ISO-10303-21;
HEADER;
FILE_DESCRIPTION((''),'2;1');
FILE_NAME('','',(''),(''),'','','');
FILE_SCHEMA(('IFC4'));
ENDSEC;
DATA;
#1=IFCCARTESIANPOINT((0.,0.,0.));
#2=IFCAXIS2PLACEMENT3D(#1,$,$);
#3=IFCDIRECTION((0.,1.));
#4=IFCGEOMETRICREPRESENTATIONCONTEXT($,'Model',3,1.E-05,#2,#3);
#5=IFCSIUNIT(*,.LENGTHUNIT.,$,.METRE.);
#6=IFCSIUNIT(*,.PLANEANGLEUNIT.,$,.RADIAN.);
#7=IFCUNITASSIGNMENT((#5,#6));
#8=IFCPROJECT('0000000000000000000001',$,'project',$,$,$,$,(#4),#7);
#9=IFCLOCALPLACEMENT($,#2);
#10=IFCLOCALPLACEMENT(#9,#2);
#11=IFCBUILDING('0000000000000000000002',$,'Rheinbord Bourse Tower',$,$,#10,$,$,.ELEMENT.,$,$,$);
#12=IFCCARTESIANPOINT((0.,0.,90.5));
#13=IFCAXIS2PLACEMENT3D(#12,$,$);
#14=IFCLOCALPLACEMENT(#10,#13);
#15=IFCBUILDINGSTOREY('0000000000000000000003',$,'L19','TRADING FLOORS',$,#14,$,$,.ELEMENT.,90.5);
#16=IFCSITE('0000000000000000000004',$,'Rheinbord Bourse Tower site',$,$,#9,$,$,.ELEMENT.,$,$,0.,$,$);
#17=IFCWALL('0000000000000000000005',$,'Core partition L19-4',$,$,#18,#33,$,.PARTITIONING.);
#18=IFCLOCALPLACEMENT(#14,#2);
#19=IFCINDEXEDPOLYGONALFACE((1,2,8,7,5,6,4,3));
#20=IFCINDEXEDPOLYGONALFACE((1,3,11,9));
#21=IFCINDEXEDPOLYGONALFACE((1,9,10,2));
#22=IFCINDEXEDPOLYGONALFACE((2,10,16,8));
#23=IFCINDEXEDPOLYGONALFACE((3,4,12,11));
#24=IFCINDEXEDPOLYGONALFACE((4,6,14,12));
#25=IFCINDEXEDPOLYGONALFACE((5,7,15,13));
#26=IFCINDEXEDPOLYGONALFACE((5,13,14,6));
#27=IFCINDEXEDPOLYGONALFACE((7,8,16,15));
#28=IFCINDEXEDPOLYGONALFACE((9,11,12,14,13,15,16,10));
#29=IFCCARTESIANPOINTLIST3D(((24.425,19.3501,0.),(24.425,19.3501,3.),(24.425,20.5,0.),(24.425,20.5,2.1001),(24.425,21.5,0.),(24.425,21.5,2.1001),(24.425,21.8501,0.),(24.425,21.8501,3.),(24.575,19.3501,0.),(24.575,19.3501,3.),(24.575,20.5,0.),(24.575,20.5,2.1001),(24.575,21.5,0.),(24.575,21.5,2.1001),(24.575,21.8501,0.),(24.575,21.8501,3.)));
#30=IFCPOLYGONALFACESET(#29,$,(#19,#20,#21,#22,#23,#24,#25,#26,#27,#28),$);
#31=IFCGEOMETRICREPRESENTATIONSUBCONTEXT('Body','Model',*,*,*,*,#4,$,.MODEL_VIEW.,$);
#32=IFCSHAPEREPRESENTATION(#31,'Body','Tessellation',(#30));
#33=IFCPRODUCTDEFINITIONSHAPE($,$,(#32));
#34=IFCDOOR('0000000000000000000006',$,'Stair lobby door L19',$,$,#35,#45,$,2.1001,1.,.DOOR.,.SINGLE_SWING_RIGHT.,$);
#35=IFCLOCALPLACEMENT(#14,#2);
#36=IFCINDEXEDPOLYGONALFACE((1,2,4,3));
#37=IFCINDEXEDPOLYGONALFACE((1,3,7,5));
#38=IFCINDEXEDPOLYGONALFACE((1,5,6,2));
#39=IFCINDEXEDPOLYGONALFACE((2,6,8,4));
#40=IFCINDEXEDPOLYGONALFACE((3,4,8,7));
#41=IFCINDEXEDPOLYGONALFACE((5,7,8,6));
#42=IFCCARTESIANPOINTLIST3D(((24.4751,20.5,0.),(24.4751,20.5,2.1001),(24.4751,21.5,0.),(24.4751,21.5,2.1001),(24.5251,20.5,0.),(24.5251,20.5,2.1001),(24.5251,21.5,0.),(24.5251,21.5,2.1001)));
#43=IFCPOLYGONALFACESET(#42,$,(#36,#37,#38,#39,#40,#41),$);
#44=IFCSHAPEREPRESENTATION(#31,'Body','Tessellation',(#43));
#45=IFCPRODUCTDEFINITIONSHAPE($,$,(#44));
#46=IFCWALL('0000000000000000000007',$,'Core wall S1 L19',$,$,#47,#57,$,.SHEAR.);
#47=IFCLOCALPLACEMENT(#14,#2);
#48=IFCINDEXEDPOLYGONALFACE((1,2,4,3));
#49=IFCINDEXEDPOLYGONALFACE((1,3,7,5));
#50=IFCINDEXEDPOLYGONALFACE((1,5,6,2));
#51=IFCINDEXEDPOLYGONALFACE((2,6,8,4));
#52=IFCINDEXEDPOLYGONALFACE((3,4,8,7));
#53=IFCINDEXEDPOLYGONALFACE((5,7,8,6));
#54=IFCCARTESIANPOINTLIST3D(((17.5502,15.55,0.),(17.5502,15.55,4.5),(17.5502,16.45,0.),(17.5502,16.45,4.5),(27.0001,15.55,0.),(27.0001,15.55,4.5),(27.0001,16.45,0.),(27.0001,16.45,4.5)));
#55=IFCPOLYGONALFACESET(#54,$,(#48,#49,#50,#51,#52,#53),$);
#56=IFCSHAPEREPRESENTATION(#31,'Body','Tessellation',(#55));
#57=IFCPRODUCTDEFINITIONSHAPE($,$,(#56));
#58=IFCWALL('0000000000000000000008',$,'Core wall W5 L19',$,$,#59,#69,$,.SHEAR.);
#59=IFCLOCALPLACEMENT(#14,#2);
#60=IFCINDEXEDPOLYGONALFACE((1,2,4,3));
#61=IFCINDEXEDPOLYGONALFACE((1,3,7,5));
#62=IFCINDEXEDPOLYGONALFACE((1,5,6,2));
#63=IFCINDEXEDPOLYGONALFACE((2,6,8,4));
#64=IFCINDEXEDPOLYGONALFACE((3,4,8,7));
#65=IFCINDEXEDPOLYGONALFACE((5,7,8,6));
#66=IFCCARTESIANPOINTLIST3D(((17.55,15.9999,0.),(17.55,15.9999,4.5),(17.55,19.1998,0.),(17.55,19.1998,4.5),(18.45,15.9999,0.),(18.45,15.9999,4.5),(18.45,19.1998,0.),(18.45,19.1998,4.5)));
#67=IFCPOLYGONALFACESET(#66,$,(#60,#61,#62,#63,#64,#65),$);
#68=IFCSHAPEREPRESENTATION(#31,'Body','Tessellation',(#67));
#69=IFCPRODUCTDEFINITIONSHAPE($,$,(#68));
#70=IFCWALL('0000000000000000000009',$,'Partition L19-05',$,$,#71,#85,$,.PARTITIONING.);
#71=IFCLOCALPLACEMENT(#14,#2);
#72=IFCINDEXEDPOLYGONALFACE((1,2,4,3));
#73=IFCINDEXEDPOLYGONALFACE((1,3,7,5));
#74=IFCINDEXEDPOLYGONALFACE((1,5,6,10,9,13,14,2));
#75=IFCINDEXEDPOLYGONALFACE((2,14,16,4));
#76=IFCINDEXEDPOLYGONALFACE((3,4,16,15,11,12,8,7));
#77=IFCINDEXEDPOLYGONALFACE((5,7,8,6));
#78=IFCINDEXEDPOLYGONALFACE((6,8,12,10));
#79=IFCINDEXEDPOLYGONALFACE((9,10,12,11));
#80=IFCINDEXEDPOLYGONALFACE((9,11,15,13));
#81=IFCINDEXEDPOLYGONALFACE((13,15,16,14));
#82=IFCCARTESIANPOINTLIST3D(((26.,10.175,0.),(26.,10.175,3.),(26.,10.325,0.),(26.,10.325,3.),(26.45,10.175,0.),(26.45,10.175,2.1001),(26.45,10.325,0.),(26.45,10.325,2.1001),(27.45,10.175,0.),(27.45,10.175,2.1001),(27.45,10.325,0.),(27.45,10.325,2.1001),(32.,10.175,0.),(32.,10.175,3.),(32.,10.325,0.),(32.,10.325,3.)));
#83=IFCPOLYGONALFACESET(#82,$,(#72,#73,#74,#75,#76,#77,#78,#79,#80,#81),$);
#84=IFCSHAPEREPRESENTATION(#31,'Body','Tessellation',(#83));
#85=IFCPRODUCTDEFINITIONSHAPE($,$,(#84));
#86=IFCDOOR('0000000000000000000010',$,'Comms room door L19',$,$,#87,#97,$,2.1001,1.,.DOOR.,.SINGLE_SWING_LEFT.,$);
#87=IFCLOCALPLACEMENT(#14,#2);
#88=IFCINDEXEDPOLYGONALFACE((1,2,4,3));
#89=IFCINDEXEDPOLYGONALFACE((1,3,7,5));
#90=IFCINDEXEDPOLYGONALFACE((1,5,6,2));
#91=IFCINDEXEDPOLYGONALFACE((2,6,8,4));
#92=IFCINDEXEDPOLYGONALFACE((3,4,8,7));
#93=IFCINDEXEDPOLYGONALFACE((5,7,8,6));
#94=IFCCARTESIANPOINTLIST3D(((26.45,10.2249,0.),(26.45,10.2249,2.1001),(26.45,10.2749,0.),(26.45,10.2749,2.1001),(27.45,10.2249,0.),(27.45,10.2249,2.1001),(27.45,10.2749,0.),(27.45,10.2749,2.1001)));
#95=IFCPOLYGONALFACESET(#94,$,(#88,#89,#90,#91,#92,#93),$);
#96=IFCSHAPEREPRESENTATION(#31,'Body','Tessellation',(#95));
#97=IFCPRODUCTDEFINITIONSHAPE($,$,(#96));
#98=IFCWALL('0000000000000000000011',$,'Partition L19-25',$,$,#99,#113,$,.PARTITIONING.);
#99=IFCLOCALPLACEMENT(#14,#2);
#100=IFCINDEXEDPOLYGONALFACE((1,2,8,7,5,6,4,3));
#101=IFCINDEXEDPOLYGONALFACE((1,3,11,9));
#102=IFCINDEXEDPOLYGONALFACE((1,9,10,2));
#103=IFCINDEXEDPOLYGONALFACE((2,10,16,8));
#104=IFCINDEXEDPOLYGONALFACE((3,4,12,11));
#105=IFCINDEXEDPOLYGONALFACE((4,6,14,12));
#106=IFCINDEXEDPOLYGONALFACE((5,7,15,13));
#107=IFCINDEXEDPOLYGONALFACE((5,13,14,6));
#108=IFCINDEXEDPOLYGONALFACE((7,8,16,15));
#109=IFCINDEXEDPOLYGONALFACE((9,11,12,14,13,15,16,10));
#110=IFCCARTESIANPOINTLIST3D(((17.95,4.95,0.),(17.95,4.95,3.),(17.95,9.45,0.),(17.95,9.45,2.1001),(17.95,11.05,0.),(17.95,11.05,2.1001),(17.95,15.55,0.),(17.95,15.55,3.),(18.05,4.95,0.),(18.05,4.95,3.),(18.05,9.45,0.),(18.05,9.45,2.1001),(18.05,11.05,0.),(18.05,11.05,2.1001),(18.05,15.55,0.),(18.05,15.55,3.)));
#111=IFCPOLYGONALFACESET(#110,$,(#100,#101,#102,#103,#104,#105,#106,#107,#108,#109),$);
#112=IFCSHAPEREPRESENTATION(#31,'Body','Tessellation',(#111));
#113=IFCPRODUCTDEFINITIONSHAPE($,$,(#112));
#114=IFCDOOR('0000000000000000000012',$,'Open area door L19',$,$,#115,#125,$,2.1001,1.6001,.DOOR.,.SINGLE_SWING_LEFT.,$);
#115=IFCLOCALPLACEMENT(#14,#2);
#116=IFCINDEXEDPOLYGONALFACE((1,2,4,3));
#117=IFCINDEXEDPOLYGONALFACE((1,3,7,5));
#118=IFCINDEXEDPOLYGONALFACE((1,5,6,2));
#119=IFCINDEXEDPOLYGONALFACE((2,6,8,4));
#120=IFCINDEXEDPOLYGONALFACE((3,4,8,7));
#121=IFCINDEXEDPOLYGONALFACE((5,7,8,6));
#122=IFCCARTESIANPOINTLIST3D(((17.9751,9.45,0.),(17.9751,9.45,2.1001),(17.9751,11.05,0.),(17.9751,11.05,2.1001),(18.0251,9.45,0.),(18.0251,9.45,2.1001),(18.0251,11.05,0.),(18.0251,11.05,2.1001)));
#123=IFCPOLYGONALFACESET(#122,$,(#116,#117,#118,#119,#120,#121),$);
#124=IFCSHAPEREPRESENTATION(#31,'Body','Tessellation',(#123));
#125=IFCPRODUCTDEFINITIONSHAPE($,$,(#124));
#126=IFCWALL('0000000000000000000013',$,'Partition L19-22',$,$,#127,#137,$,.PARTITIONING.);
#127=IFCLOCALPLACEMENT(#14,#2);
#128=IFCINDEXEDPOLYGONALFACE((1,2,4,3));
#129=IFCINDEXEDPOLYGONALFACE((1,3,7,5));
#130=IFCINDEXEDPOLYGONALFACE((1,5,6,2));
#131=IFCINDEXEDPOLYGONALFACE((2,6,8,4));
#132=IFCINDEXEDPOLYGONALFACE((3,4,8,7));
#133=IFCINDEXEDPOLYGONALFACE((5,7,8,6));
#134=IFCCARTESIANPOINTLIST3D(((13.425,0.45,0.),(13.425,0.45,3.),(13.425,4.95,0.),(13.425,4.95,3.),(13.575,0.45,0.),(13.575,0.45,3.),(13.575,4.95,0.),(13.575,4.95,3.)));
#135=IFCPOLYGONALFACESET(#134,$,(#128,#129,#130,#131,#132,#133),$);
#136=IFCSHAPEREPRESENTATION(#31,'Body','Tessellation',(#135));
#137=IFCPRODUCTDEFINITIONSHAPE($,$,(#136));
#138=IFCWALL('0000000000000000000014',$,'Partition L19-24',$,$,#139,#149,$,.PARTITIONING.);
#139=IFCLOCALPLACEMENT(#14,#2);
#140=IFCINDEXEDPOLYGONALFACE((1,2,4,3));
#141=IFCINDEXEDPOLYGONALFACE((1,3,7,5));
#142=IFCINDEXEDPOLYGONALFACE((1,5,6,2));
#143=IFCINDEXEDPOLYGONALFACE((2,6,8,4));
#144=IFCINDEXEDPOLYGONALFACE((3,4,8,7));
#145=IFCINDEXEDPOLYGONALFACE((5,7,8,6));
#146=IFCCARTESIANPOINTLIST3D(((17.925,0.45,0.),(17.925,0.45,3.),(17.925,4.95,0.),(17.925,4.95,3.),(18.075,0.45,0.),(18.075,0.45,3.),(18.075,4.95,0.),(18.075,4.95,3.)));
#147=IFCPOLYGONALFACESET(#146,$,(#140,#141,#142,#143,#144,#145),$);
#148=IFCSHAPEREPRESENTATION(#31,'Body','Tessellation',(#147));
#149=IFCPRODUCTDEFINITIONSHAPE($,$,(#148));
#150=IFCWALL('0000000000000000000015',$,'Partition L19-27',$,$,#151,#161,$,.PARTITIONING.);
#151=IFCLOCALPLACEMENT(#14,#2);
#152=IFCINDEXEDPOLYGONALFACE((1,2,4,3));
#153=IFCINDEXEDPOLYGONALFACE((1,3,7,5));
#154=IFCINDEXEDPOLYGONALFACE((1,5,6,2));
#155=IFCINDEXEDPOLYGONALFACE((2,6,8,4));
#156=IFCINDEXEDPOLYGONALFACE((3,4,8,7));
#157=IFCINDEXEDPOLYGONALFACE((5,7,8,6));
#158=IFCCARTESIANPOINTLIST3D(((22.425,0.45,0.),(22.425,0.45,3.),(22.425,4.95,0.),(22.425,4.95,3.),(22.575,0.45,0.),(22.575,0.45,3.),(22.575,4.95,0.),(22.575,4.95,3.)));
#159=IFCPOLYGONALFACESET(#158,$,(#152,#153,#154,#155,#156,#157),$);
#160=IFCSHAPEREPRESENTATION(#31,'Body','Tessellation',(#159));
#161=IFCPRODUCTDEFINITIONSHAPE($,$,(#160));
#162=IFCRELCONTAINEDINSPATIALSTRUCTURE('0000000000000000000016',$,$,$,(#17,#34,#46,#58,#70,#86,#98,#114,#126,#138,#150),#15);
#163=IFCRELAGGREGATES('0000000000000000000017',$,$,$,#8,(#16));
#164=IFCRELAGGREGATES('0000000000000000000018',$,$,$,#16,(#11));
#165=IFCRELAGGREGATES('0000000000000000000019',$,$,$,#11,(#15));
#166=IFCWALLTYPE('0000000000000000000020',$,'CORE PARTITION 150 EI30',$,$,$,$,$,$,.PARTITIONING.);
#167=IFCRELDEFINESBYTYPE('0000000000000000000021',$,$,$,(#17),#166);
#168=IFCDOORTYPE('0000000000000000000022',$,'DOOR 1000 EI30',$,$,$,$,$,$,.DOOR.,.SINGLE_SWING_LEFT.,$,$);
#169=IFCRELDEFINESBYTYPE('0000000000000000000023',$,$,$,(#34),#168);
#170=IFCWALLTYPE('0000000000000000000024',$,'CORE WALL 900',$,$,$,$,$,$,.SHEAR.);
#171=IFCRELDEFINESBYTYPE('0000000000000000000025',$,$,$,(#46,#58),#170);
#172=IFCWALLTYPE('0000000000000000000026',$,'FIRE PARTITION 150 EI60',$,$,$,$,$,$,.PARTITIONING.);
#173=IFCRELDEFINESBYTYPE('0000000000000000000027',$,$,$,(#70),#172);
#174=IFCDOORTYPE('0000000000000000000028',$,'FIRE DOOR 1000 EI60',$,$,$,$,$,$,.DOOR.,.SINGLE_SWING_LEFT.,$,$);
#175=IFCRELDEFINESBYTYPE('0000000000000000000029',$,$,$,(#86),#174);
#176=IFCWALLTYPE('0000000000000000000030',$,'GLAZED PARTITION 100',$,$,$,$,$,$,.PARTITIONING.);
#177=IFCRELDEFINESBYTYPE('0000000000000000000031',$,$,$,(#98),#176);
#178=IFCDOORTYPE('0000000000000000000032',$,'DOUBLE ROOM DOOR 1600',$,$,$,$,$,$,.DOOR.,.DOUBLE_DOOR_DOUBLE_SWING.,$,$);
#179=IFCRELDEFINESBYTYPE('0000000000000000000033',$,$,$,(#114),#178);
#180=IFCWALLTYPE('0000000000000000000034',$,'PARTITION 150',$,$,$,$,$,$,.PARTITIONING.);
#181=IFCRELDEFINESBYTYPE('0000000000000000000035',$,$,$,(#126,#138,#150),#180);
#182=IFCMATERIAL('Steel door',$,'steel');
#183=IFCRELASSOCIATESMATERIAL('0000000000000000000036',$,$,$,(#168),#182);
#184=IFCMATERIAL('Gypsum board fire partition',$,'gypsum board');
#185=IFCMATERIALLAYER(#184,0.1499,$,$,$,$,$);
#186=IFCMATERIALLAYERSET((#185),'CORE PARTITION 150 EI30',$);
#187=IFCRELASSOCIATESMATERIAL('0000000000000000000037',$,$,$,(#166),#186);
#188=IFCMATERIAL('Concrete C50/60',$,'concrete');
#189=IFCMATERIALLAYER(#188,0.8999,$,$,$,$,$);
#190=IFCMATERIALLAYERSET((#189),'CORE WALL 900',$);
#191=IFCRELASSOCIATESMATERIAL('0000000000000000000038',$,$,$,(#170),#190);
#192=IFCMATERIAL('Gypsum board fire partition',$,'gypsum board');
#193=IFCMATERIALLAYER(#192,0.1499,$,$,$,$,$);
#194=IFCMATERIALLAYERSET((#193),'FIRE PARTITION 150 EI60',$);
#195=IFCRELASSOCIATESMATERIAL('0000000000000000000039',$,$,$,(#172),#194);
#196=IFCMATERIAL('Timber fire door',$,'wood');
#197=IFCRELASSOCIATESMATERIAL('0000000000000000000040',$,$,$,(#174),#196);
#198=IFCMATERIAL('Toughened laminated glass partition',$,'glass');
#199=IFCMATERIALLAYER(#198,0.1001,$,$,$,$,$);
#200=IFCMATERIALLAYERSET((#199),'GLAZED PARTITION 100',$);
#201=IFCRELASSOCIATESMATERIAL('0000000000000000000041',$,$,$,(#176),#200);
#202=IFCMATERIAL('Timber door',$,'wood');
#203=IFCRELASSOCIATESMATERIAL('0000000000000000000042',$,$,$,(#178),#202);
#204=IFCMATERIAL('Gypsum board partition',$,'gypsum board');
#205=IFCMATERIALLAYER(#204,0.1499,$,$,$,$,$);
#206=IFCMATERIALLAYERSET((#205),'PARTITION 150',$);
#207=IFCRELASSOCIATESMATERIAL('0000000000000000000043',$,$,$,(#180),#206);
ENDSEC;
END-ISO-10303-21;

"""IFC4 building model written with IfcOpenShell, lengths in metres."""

from ifc_helpers import new_model, si_unit, direction, frame, frame_2d, origin, place, context, subcontext, project, spatial, rectangle, extrude, material, layer, layer_set, type_object, element, fill, save


model = new_model("IFC4")

# Units and contexts
model_context = context("Model", 3, precision=1e-05, world=origin(), true_north=direction((0.0, 1.0)))
body_context = subcontext(model_context, "Body", "Model", "MODEL_VIEW")
ifc_project = project(units=[si_unit("LENGTHUNIT", "METRE"), si_unit("PLANEANGLEUNIT", "RADIAN")], contexts=[model_context])

# Site, building, storey
site_placement = place(None, origin())
site = spatial("IfcSite", under=ifc_project, at=site_placement, Name="Rheinbord Bourse Tower site", CompositionType="ELEMENT", RefElevation=0.0)
building_placement = place(site_placement, origin())
building = spatial("IfcBuilding", under=site, at=building_placement, Name="Rheinbord Bourse Tower", CompositionType="ELEMENT")
storey_placement = place(building_placement, frame((0.0, 0.0, 90.5)))
storey = spatial("IfcBuildingStorey", under=building, at=storey_placement, Name="L19", Description="TRADING FLOORS", CompositionType="ELEMENT", Elevation=90.5)

# Wall, opening, door
ifc_material_1 = material(Name="Steel door", Category="steel")
door_type_1 = type_object("IfcDoorType", Name="DOOR 1000 EI30", OperationType="SINGLE_SWING_LEFT", PredefinedType="DOOR", material=ifc_material_1)
ifc_material_2 = material(Name="Gypsum board fire partition", Category="gypsum board")
ifc_layer_1 = layer(ifc_material_2, 0.1499)
ifc_layer_set_1 = layer_set([ifc_layer_1], Name="CORE PARTITION 150 EI30")
wall_type_1 = type_object("IfcWallType", Name="CORE PARTITION 150 EI30", PredefinedType="PARTITIONING", material=ifc_layer_set_1)
wall_1_placement = place(storey_placement, frame((24.5, 19.3501, 0.0), z_axis=(0.0, 0.0, 1.0), x_axis=(0.0, 1.0, 0.0)))
wall_1 = element("IfcWall", 1, at=wall_1_placement, inside=storey, type_object=wall_type_1, Name="Core partition L19-4", PredefinedType="PARTITIONING", context=body_context, shape_type="SweptSolid", body=[
    extrude(rectangle(XDim=2.5, YDim=0.1499, at=frame_2d((1.25, 0.0))), origin(), (0.0, 0.0, 1.0), 3.0),
])
opening_1_placement = place(wall_1_placement, frame((1.1499, 0.0, 0.0)))
opening_1 = element("IfcOpeningElement", 2, at=opening_1_placement, cuts=wall_1, PredefinedType="OPENING", context=body_context, shape_type="SweptSolid", body=[
    extrude(rectangle(XDim=1.0, YDim=2.1001, at=frame_2d((0.5, 1.05))), frame((0.0, 0.085, 0.0), z_axis=(0.0, -1.0, 0.0), x_axis=(1.0, 0.0, 0.0)), (0.0, 0.0, 1.0), 0.1699),
])
door_1_placement = place(opening_1_placement, origin())
door_1 = element("IfcDoor", 3, at=door_1_placement, inside=storey, type_object=door_type_1, Name="Stair lobby door L19", OperationType="SINGLE_SWING_RIGHT", OverallHeight=2.1001, OverallWidth=1.0, PredefinedType="DOOR", context=body_context, shape_type="SweptSolid", body=[
    extrude(rectangle(XDim=1.0, YDim=2.1001, at=frame_2d((0.5, 1.05))), frame((0.0, 0.0249, 0.0), z_axis=(0.0, -1.0, 0.0), x_axis=(1.0, 0.0, 0.0)), (0.0, 0.0, 1.0), 0.05),
])
fill(opening_1, door_1)

# Walls
ifc_material_3 = material(Name="Concrete C50/60", Category="concrete")
ifc_layer_2 = layer(ifc_material_3, 0.8999)
ifc_layer_set_2 = layer_set([ifc_layer_2], Name="CORE WALL 900")
wall_type_2 = type_object("IfcWallType", Name="CORE WALL 900", PredefinedType="SHEAR", material=ifc_layer_set_2)
wall_2_placement = place(storey_placement, frame((17.55, 16.0, 0.0), z_axis=(0.0, 0.0, 1.0), x_axis=(1.0, 0.0, 0.0)))
element("IfcWall", 4, at=wall_2_placement, inside=storey, type_object=wall_type_2, Name="Core wall S1 L19", PredefinedType="SHEAR", context=body_context, shape_type="SweptSolid", body=[
    extrude(rectangle(XDim=9.45, YDim=0.8999, at=frame_2d((4.7251, 0.0))), origin(), (0.0, 0.0, 1.0), 4.5),
])
wall_3_placement = place(storey_placement, frame((18.0, 19.2, 0.0), z_axis=(0.0, 0.0, 1.0), x_axis=(0.0, -1.0, 0.0)))
element("IfcWall", 5, at=wall_3_placement, inside=storey, type_object=wall_type_2, Name="Core wall W5 L19", PredefinedType="SHEAR", context=body_context, shape_type="SweptSolid", body=[
    extrude(rectangle(XDim=3.2, YDim=0.8999, at=frame_2d((1.6001, 0.0))), origin(), (0.0, 0.0, 1.0), 4.5),
])

# Walls, openings, doors
ifc_material_4 = material(Name="Gypsum board fire partition", Category="gypsum board")
ifc_layer_3 = layer(ifc_material_4, 0.1499)
ifc_layer_set_3 = layer_set([ifc_layer_3], Name="FIRE PARTITION 150 EI60")
wall_type_3 = type_object("IfcWallType", Name="FIRE PARTITION 150 EI60", PredefinedType="PARTITIONING", material=ifc_layer_set_3)
wall_4_placement = place(storey_placement, frame((26.0, 10.25, 0.0), z_axis=(0.0, 0.0, 1.0), x_axis=(1.0, 0.0, 0.0)))
wall_4 = element("IfcWall", 6, at=wall_4_placement, inside=storey, type_object=wall_type_3, Name="Partition L19-05", PredefinedType="PARTITIONING", context=body_context, shape_type="SweptSolid", body=[
    extrude(rectangle(XDim=6.0, YDim=0.1499, at=frame_2d((3.0, 0.0))), origin(), (0.0, 0.0, 1.0), 3.0),
])
opening_2_placement = place(wall_4_placement, frame((0.45, 0.0, 0.0)))
opening_2 = element("IfcOpeningElement", 7, at=opening_2_placement, cuts=wall_4, PredefinedType="OPENING", context=body_context, shape_type="SweptSolid", body=[
    extrude(rectangle(XDim=1.0, YDim=2.1001, at=frame_2d((0.5, 1.05))), frame((0.0, 0.085, 0.0), z_axis=(0.0, -1.0, 0.0), x_axis=(1.0, 0.0, 0.0)), (0.0, 0.0, 1.0), 0.1699),
])
ifc_material_5 = material(Name="Timber fire door", Category="wood")
door_type_2 = type_object("IfcDoorType", Name="FIRE DOOR 1000 EI60", OperationType="SINGLE_SWING_LEFT", PredefinedType="DOOR", material=ifc_material_5)
door_2_placement = place(opening_2_placement, origin())
door_2 = element("IfcDoor", 8, at=door_2_placement, inside=storey, type_object=door_type_2, Name="Comms room door L19", OperationType="SINGLE_SWING_LEFT", OverallHeight=2.1001, OverallWidth=1.0, PredefinedType="DOOR", context=body_context, shape_type="SweptSolid", body=[
    extrude(rectangle(XDim=1.0, YDim=2.1001, at=frame_2d((0.5, 1.05))), frame((0.0, 0.0249, 0.0), z_axis=(0.0, -1.0, 0.0), x_axis=(1.0, 0.0, 0.0)), (0.0, 0.0, 1.0), 0.05),
])
fill(opening_2, door_2)
ifc_material_6 = material(Name="Toughened laminated glass partition", Category="glass")
ifc_layer_4 = layer(ifc_material_6, 0.1001)
ifc_layer_set_4 = layer_set([ifc_layer_4], Name="GLAZED PARTITION 100")
wall_type_4 = type_object("IfcWallType", Name="GLAZED PARTITION 100", PredefinedType="PARTITIONING", material=ifc_layer_set_4)
wall_5_placement = place(storey_placement, frame((18.0, 4.95, 0.0), z_axis=(0.0, 0.0, 1.0), x_axis=(0.0, 1.0, 0.0)))
wall_5 = element("IfcWall", 9, at=wall_5_placement, inside=storey, type_object=wall_type_4, Name="Partition L19-25", PredefinedType="PARTITIONING", context=body_context, shape_type="SweptSolid", body=[
    extrude(rectangle(XDim=10.6001, YDim=0.1001, at=frame_2d((5.3, 0.0))), origin(), (0.0, 0.0, 1.0), 3.0),
])
opening_3_placement = place(wall_5_placement, frame((4.5, 0.0, 0.0)))
opening_3 = element("IfcOpeningElement", 10, at=opening_3_placement, cuts=wall_5, PredefinedType="OPENING", context=body_context, shape_type="SweptSolid", body=[
    extrude(rectangle(XDim=1.6001, YDim=2.1001, at=frame_2d((0.8, 1.05))), frame((0.0, 0.0601, 0.0), z_axis=(0.0, -1.0, 0.0), x_axis=(1.0, 0.0, 0.0)), (0.0, 0.0, 1.0), 0.1201),
])
ifc_material_7 = material(Name="Timber door", Category="wood")
door_type_3 = type_object("IfcDoorType", Name="DOUBLE ROOM DOOR 1600", OperationType="DOUBLE_DOOR_DOUBLE_SWING", PredefinedType="DOOR", material=ifc_material_7)
door_3_placement = place(opening_3_placement, origin())
door_3 = element("IfcDoor", 11, at=door_3_placement, inside=storey, type_object=door_type_3, Name="Open area door L19", OperationType="SINGLE_SWING_LEFT", OverallHeight=2.1001, OverallWidth=1.6001, PredefinedType="DOOR", context=body_context, shape_type="SweptSolid", body=[
    extrude(rectangle(XDim=1.6001, YDim=2.1001, at=frame_2d((0.8, 1.05))), frame((0.0, 0.0249, 0.0), z_axis=(0.0, -1.0, 0.0), x_axis=(1.0, 0.0, 0.0)), (0.0, 0.0, 1.0), 0.05),
])
fill(opening_3, door_3)

# Walls
ifc_material_8 = material(Name="Gypsum board partition", Category="gypsum board")
ifc_layer_5 = layer(ifc_material_8, 0.1499)
ifc_layer_set_5 = layer_set([ifc_layer_5], Name="PARTITION 150")
wall_type_5 = type_object("IfcWallType", Name="PARTITION 150", PredefinedType="PARTITIONING", material=ifc_layer_set_5)
for number, where, z_axis, x_axis, name in (
    (12, (13.5, 0.45, 0.0), (0.0, 0.0, 1.0), (0.0, 1.0, 0.0), "Partition L19-22"),
    (13, (18.0, 0.45, 0.0), (0.0, 0.0, 1.0), (0.0, 1.0, 0.0), "Partition L19-24"),
    (14, (22.5, 0.45, 0.0), (0.0, 0.0, 1.0), (0.0, 1.0, 0.0), "Partition L19-27"),
):
    element("IfcWall", number, at=place(storey_placement, frame(where, z_axis=z_axis, x_axis=x_axis)), inside=storey, type_object=wall_type_5, Name=name, PredefinedType="PARTITIONING", context=body_context, shape_type="SweptSolid", body=[
        extrude(rectangle(XDim=4.5, YDim=0.1499, at=frame_2d((2.25, 0.0))), origin(), (0.0, 0.0, 1.0), 3.0),
    ])

save(model, "model.ifc")
